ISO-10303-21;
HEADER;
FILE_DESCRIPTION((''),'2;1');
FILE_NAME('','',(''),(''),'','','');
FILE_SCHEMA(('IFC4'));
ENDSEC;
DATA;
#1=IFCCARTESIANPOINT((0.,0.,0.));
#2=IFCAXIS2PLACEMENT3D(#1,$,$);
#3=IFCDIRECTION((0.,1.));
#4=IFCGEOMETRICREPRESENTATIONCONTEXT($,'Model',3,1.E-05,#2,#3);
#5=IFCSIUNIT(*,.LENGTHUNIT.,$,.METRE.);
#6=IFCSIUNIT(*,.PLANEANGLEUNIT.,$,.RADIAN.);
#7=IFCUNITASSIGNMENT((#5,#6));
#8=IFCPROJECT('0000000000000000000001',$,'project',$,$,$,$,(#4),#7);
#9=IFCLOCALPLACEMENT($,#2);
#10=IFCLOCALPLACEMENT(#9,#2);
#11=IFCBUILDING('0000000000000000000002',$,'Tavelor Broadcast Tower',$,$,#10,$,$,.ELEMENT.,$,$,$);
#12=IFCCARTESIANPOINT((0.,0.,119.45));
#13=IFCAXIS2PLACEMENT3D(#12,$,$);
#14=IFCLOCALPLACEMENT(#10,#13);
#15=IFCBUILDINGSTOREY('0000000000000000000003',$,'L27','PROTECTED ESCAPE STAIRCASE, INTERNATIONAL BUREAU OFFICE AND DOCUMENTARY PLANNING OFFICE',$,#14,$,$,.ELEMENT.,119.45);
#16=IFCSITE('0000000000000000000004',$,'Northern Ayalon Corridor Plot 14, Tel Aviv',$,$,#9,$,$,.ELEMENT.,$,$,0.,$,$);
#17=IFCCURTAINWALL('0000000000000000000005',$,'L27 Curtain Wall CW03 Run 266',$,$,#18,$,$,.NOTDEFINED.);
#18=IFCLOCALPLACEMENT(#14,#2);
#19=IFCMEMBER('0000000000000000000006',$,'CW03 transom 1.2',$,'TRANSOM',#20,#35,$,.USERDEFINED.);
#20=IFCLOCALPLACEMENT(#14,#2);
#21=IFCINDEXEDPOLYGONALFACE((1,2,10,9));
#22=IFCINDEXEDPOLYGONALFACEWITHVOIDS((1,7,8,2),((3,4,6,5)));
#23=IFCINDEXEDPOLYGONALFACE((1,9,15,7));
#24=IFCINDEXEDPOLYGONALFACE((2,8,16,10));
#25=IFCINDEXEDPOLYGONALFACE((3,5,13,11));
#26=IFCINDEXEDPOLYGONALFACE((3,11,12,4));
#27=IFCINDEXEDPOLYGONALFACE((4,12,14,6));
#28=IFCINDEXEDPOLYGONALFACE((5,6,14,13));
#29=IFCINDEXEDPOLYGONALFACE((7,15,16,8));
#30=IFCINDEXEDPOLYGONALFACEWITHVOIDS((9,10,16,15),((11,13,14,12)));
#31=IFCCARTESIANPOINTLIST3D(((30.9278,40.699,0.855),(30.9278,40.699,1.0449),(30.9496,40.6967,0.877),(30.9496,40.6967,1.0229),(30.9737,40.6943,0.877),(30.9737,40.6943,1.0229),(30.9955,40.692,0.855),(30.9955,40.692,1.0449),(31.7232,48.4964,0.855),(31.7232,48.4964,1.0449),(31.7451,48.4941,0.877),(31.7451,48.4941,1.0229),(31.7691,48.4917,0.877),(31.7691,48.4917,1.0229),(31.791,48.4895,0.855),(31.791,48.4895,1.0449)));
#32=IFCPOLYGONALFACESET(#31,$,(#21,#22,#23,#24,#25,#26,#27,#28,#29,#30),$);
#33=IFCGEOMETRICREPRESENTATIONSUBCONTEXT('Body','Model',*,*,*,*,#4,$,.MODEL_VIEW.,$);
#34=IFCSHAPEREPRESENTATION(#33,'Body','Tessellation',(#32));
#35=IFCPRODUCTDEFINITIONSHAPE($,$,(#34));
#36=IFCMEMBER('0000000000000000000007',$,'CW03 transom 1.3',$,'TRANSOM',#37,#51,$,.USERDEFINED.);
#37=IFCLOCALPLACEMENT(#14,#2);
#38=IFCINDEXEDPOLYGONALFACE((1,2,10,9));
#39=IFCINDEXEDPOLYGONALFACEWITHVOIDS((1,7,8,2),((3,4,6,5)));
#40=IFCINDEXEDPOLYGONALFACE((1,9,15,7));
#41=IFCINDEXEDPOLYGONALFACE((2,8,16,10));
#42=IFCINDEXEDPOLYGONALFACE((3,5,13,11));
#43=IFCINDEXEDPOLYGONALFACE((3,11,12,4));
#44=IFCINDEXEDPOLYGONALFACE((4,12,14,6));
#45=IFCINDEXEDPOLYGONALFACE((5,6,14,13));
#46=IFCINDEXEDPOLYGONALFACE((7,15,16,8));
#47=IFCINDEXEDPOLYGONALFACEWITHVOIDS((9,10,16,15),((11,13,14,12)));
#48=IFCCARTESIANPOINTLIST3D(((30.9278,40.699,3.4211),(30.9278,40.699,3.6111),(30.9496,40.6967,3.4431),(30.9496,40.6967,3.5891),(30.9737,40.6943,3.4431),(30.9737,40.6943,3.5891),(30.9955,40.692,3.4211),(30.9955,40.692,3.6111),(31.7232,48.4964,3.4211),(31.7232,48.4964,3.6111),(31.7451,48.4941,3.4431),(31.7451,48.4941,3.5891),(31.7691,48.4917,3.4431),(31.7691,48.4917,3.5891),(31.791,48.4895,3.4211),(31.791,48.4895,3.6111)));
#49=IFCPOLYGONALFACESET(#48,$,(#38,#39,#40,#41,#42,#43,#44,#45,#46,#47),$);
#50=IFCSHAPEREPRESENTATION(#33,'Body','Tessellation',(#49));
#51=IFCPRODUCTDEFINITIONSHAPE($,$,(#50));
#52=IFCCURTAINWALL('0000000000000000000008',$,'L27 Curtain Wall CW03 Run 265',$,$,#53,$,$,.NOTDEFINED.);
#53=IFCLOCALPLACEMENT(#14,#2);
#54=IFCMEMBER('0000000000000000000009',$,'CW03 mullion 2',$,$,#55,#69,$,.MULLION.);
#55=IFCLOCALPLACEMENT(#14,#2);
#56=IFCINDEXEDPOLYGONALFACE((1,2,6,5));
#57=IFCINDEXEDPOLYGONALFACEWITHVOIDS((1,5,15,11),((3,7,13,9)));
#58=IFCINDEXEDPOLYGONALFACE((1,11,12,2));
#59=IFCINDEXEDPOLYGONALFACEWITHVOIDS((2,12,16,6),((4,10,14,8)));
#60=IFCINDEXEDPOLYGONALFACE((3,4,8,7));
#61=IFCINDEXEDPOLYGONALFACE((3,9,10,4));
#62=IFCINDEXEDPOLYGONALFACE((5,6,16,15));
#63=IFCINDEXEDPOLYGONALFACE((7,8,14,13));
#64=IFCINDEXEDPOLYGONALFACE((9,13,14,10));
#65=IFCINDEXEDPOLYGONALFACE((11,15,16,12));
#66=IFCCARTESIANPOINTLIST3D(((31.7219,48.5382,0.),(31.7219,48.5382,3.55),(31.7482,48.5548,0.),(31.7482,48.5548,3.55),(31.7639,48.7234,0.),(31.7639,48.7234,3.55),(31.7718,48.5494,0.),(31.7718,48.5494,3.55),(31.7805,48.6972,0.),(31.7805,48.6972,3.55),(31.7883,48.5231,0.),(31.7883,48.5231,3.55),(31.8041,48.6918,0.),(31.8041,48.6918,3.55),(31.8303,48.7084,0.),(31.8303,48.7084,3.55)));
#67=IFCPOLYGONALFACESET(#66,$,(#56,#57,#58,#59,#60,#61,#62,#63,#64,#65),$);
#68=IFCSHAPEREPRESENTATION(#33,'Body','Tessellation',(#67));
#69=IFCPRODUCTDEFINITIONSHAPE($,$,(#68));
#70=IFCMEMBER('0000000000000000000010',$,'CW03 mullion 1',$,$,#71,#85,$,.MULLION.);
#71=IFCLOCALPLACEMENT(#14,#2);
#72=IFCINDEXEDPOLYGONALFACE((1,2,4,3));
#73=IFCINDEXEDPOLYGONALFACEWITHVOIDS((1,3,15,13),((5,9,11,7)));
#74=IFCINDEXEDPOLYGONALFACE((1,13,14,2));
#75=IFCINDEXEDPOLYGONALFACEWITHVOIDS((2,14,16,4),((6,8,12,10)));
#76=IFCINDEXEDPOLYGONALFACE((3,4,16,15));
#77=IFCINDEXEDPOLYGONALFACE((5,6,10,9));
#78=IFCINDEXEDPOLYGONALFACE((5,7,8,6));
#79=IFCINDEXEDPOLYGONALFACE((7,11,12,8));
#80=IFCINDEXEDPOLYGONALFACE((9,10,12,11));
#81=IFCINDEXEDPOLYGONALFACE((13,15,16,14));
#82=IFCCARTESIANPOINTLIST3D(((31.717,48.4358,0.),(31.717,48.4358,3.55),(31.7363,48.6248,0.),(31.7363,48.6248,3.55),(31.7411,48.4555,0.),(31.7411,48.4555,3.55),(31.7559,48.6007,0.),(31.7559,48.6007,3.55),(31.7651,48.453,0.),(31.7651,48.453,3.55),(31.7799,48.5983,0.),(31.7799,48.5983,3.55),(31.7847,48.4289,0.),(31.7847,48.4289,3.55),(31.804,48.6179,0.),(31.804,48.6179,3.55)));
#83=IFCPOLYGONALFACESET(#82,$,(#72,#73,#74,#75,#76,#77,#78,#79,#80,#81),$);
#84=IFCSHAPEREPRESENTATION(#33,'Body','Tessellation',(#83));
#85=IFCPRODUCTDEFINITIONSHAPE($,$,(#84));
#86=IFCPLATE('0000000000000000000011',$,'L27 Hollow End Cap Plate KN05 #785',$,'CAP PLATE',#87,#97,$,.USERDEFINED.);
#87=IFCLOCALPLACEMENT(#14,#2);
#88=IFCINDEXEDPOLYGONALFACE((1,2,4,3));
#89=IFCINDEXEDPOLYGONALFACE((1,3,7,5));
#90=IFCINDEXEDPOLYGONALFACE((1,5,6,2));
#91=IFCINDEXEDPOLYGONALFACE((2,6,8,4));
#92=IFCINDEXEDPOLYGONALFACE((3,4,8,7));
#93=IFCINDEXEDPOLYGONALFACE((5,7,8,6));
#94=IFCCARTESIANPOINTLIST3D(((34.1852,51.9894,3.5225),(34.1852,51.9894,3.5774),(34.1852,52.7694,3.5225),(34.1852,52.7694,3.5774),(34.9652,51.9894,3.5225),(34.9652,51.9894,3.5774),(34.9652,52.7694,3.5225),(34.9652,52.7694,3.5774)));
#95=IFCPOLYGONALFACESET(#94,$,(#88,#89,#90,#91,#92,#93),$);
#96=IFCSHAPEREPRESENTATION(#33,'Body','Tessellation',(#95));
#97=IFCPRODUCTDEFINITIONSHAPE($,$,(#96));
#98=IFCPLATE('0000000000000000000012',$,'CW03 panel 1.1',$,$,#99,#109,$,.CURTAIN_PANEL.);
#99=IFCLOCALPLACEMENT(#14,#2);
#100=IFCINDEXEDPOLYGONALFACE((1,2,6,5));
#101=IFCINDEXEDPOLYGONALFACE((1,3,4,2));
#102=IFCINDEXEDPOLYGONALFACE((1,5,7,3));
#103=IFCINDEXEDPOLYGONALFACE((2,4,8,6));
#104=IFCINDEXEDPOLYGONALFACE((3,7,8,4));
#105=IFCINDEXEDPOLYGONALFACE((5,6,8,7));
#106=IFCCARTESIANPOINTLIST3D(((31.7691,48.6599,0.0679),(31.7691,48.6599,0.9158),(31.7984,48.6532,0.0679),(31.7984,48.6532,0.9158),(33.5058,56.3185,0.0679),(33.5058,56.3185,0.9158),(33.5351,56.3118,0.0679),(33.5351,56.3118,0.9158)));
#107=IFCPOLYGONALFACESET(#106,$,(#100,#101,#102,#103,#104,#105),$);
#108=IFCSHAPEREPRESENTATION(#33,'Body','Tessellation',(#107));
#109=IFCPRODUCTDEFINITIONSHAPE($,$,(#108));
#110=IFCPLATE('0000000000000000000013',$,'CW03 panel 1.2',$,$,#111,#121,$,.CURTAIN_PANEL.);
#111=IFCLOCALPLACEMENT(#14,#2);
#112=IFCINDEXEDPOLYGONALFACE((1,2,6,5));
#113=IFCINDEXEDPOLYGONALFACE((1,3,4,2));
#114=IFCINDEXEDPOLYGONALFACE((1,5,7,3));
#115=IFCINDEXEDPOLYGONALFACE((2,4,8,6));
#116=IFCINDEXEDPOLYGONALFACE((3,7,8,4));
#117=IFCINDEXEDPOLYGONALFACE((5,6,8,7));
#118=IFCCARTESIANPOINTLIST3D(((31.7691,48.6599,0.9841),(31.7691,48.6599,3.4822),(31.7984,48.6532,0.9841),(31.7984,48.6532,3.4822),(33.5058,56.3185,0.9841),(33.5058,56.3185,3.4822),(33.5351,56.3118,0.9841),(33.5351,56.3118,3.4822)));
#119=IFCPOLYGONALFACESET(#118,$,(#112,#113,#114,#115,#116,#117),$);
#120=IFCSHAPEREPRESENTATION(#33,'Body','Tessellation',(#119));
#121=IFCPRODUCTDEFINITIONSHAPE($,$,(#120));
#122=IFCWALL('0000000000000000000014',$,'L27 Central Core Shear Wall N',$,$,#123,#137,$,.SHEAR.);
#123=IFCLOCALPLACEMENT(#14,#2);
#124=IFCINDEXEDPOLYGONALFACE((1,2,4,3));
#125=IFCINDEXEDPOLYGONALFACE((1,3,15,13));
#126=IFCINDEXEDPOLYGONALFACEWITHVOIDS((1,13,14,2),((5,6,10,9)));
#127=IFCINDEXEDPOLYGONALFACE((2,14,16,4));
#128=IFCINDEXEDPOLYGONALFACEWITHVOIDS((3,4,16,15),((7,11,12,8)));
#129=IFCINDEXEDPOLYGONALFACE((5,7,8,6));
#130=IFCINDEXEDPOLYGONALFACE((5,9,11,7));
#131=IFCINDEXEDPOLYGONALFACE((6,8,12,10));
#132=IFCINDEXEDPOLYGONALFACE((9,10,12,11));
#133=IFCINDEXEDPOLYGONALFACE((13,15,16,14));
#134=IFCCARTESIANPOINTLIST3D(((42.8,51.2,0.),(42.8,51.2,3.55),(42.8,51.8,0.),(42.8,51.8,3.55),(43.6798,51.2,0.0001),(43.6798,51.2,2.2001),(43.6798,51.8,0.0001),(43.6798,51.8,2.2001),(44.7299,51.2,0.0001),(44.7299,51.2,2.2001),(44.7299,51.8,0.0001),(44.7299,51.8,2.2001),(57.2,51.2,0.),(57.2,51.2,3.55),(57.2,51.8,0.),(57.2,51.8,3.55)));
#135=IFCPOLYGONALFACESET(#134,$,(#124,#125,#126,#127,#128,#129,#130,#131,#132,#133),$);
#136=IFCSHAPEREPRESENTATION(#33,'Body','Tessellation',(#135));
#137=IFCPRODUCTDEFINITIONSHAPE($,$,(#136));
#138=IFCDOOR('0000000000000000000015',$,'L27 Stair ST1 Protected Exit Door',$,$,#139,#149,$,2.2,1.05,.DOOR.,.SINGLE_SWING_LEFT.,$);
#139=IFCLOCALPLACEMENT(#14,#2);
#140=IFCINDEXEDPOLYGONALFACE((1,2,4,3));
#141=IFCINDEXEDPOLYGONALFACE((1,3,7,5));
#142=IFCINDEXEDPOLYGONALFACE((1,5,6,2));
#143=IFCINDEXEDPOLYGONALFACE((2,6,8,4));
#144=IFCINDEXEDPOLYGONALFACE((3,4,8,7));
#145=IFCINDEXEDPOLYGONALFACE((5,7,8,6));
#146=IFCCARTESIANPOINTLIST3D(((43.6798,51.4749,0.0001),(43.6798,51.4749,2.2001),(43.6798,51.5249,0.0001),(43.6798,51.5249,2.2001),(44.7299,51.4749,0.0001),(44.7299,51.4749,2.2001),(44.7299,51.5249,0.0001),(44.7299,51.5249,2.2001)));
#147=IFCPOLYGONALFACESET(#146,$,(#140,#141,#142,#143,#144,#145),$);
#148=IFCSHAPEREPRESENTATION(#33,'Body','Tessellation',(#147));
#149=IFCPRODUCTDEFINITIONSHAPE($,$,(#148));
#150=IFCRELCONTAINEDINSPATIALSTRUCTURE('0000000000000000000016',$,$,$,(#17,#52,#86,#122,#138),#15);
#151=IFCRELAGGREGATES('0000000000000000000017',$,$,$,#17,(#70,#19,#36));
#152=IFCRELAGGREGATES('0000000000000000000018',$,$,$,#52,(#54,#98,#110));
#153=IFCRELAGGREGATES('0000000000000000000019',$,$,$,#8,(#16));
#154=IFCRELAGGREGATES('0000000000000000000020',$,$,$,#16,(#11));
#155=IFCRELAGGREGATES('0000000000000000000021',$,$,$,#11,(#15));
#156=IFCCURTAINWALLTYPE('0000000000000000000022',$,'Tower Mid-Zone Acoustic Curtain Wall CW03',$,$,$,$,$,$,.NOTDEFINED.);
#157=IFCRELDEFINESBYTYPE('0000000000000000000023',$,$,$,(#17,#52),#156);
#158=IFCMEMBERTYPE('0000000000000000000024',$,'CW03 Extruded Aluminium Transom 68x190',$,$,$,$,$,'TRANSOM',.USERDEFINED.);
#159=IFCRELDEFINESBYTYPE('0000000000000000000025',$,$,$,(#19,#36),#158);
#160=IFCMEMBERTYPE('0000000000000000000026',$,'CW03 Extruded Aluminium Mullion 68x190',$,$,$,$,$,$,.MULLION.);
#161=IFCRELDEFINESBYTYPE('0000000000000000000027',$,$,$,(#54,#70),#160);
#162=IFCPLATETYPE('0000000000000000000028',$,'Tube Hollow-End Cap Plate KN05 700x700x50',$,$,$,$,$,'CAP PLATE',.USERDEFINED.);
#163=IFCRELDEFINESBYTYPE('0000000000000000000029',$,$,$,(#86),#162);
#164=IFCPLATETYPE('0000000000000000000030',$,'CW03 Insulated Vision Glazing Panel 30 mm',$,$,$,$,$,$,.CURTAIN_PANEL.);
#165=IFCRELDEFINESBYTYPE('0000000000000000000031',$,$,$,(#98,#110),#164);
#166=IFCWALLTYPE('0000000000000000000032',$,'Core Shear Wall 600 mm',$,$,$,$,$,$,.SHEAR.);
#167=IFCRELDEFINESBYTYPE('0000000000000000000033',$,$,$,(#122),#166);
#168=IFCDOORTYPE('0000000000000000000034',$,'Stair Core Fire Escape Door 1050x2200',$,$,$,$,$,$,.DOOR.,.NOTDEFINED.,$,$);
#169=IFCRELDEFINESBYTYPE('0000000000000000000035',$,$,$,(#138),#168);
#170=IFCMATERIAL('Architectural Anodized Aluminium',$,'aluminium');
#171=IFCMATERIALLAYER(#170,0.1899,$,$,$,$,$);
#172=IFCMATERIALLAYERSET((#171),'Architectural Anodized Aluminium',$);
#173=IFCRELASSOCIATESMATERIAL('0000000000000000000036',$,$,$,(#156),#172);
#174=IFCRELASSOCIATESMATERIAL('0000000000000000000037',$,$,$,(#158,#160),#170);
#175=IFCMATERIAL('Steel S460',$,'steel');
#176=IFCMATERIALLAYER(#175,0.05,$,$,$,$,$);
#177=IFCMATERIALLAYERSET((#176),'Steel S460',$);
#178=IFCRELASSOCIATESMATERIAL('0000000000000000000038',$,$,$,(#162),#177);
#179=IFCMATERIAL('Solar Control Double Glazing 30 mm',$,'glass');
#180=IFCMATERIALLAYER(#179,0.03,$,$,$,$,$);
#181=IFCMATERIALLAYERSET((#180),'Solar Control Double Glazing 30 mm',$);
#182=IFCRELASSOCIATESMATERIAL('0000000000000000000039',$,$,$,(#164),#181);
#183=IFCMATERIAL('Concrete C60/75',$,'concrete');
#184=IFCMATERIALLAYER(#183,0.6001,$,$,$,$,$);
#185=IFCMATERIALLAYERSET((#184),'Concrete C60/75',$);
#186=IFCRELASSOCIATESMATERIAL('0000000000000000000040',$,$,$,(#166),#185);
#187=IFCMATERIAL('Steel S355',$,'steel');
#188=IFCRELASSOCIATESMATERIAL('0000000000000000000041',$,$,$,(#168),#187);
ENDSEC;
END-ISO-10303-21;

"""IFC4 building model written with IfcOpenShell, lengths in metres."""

from ifc_helpers import new_model, si_unit, direction, frame, frame_2d, origin, origin_2d, place, context, subcontext, project, spatial, rectangle, hollow_rectangle, extrude, source, transform, mapped, material, layer, layer_set, material_profile, profile_set, type_object, type_shapes, element, fill, aggregate, save


model = new_model("IFC4")

# Units and contexts
model_context = context("Model", 3, precision=1e-05, world=origin(), true_north=direction((0.0, 1.0)))
body_context = subcontext(model_context, "Body", "Model", "MODEL_VIEW")
ifc_project = project(units=[si_unit("LENGTHUNIT", "METRE"), si_unit("PLANEANGLEUNIT", "RADIAN")], contexts=[model_context])

# Site, building, storey
site_placement = place(None, origin())
site = spatial("IfcSite", under=ifc_project, at=site_placement, Name="Northern Ayalon Corridor Plot 14, Tel Aviv", CompositionType="ELEMENT", RefElevation=0.0)
building_placement = place(site_placement, origin())
building = spatial("IfcBuilding", under=site, at=building_placement, Name="Tavelor Broadcast Tower", CompositionType="ELEMENT")
storey_placement = place(building_placement, frame((0.0, 0.0, 119.45)))
storey = spatial("IfcBuildingStorey", under=building, at=storey_placement, Name="L27", Description="PROTECTED ESCAPE STAIRCASE, INTERNATIONAL BUREAU OFFICE AND DOCUMENTARY PLANNING OFFICE", CompositionType="ELEMENT", Elevation=119.45)

# Shared definitions
ifc_material_1 = material(Name="Steel S460", Category="steel")

# Shared definitions
ifc_material_2 = material(Name="Steel S355", Category="steel")

# Curtain wall, members
ifc_material_3 = material(Name="Architectural Anodized Aluminium", Category="aluminium")
ifc_layer_1 = layer(ifc_material_3, 0.1899)
ifc_layer_set_1 = layer_set([ifc_layer_1], Name="Architectural Anodized Aluminium")
curtain_wall_type = type_object("IfcCurtainWallType", Name="Tower Mid-Zone Acoustic Curtain Wall CW03", PredefinedType="NOTDEFINED", material=ifc_layer_set_1)
curtain_wall_1_placement = place(storey_placement, origin())
curtain_wall_1 = element("IfcCurtainWall", 1, at=curtain_wall_1_placement, inside=storey, type_object=curtain_wall_type, Name="L27 Curtain Wall CW03 Run 266", PredefinedType="NOTDEFINED")
ifc_material_profile_1 = material_profile(ifc_material_3, hollow_rectangle(XDim=0.0681, YDim=0.1899, WallThickness=0.022, at=origin_2d()), Name="RHS 68x190x22")
ifc_profile_set_1 = profile_set([ifc_material_profile_1], Name="Architectural Anodized Aluminium")
member_type_1 = type_object("IfcMemberType", Name="CW03 Extruded Aluminium Transom 68x190", ElementType="TRANSOM", PredefinedType="USERDEFINED", material=ifc_profile_set_1)
shared_shape_1 = source(origin(), body_context, "Body", "SweptSolid", [
    extrude(hollow_rectangle(XDim=0.0681, YDim=0.1899, WallThickness=0.022, at=origin_2d()), origin(), (0.0, 0.0, 1.0), 7.8379),
])
type_shapes(member_type_1, [shared_shape_1])
member_1_placement = place(storey_placement, frame((31.7571, 48.4929, 0.95), z_axis=(-0.101483, -0.994837, 0.0), x_axis=(0.994837, -0.101483, 0.0)))
member_1 = element("IfcMember", 2, at=member_1_placement, type_object=member_type_1, Name="CW03 transom 1.2", ObjectType="TRANSOM", PredefinedType="USERDEFINED", context=body_context, shape_type="MappedRepresentation", body=[
    mapped(shared_shape_1, transform((0.0, 0.0, 0.0), scale=1.0)),
])
member_2_placement = place(storey_placement, frame((31.7571, 48.4929, 3.5161), z_axis=(-0.101483, -0.994837, 0.0), x_axis=(0.994837, -0.101483, 0.0)))
member_2 = element("IfcMember", 3, at=member_2_placement, type_object=member_type_1, Name="CW03 transom 1.3", ObjectType="TRANSOM", PredefinedType="USERDEFINED", context=body_context, shape_type="MappedRepresentation", body=[
    mapped(shared_shape_1, transform((0.0, 0.0, 0.0), scale=1.0)),
])

# Curtain wall, member
curtain_wall_2_placement = place(storey_placement, origin())
curtain_wall_2 = element("IfcCurtainWall", 4, at=curtain_wall_2_placement, inside=storey, type_object=curtain_wall_type, Name="L27 Curtain Wall CW03 Run 265", PredefinedType="NOTDEFINED")
ifc_material_profile_2 = material_profile(ifc_material_3, hollow_rectangle(XDim=0.0681, YDim=0.1899, WallThickness=0.022, at=origin_2d()), Name="RHS 68x190x22")
ifc_profile_set_2 = profile_set([ifc_material_profile_2], Name="Architectural Anodized Aluminium")
member_type_2 = type_object("IfcMemberType", Name="CW03 Extruded Aluminium Mullion 68x190", PredefinedType="MULLION", material=ifc_profile_set_2)
shared_shape_2 = source(origin(), body_context, "Body", "SweptSolid", [
    extrude(hollow_rectangle(XDim=0.0681, YDim=0.1899, WallThickness=0.022, at=origin_2d()), origin(), (0.0, 0.0, 1.0), 3.55),
])
type_shapes(member_type_2, [shared_shape_2])
member_3_placement = place(storey_placement, frame((31.7761, 48.6233, 0.0), z_axis=(0.0, 0.0, 1.0), x_axis=(0.975242, -0.221142, 0.0)))
member_3 = element("IfcMember", 5, at=member_3_placement, type_object=member_type_2, Name="CW03 mullion 2", PredefinedType="MULLION", context=body_context, shape_type="MappedRepresentation", body=[
    mapped(shared_shape_2, transform((0.0, 0.0, 0.0), scale=1.0)),
])

# Member
member_4_placement = place(storey_placement, frame((31.7605, 48.5269, 0.0), z_axis=(0.0, 0.0, 1.0), x_axis=(0.994838, -0.10148, 0.0)))
member_4 = element("IfcMember", 6, at=member_4_placement, type_object=member_type_2, Name="CW03 mullion 1", PredefinedType="MULLION", context=body_context, shape_type="MappedRepresentation", body=[
    mapped(shared_shape_2, transform((0.0, 0.0, 0.0), scale=1.0)),
])
aggregate(curtain_wall_1, [member_4, member_1, member_2])

# Plates
ifc_layer_2 = layer(ifc_material_1, 0.05)
ifc_layer_set_2 = layer_set([ifc_layer_2], Name="Steel S460")
plate_type_1 = type_object("IfcPlateType", Name="Tube Hollow-End Cap Plate KN05 700x700x50", ElementType="CAP PLATE", PredefinedType="USERDEFINED", material=ifc_layer_set_2)
shared_shape_3 = source(origin(), body_context, "Body", "SweptSolid", [
    extrude(rectangle(XDim=0.78, YDim=0.78, at=origin_2d()), origin(), (0.0, 0.0, 1.0), 0.0549),
])
type_shapes(plate_type_1, [shared_shape_3])
plate_1_placement = place(storey_placement, frame((34.5752, 52.3794, 3.5225), z_axis=(0.0, 0.0, 1.0), x_axis=(1.0, 0.0, 0.0)))
element("IfcPlate", 7, at=plate_1_placement, inside=storey, type_object=plate_type_1, Name="L27 Hollow End Cap Plate KN05 #785", ObjectType="CAP PLATE", PredefinedType="USERDEFINED", context=body_context, shape_type="MappedRepresentation", body=[
    mapped(shared_shape_3, transform((0.0, 0.0, 0.0), scale=1.0)),
])
ifc_material_4 = material(Name="Solar Control Double Glazing 30 mm", Category="glass")
ifc_layer_3 = layer(ifc_material_4, 0.03)
ifc_layer_set_3 = layer_set([ifc_layer_3], Name="Solar Control Double Glazing 30 mm")
plate_type_2 = type_object("IfcPlateType", Name="CW03 Insulated Vision Glazing Panel 30 mm", PredefinedType="CURTAIN_PANEL", material=ifc_layer_set_3)
shared_shape_4 = source(origin(), body_context, "Body", "SweptSolid", [
    extrude(rectangle(XDim=7.853, YDim=0.03, at=origin_2d()), origin(), (0.0, 0.0, 1.0), 0.8479),
])
plate_2_placement = place(storey_placement, frame((32.6521, 52.4858, 0.0679), z_axis=(0.0, 0.0, 1.0), x_axis=(-0.221142, -0.975242, 0.0)))
plate_2 = element("IfcPlate", 8, at=plate_2_placement, type_object=plate_type_2, Name="CW03 panel 1.1", PredefinedType="CURTAIN_PANEL", context=body_context, shape_type="MappedRepresentation", body=[
    mapped(shared_shape_4, transform((0.0, 0.0, 0.0), scale=1.0)),
])
shared_shape_5 = source(origin(), body_context, "Body", "SweptSolid", [
    extrude(rectangle(XDim=7.853, YDim=0.03, at=origin_2d()), origin(), (0.0, 0.0, 1.0), 2.498),
])
type_shapes(plate_type_2, [shared_shape_4, shared_shape_5])
plate_3_placement = place(storey_placement, frame((32.6521, 52.4858, 0.9841), z_axis=(0.0, 0.0, 1.0), x_axis=(-0.221142, -0.975242, 0.0)))
plate_3 = element("IfcPlate", 9, at=plate_3_placement, type_object=plate_type_2, Name="CW03 panel 1.2", PredefinedType="CURTAIN_PANEL", context=body_context, shape_type="MappedRepresentation", body=[
    mapped(shared_shape_5, transform((0.0, 0.0, 0.0), scale=1.0)),
])
aggregate(curtain_wall_2, [member_3, plate_2, plate_3])

# Wall, opening, door
ifc_material_5 = material(Name="Concrete C60/75", Category="concrete")
ifc_layer_4 = layer(ifc_material_5, 0.6001)
ifc_layer_set_4 = layer_set([ifc_layer_4], Name="Concrete C60/75")
wall_type_1 = type_object("IfcWallType", Name="Core Shear Wall 600 mm", PredefinedType="SHEAR", material=ifc_layer_set_4)
wall_1_placement = place(storey_placement, frame((42.8, 51.5, 0.0), z_axis=(0.0, 0.0, 1.0), x_axis=(1.0, 0.0, 0.0)))
wall_1 = element("IfcWall", 10, at=wall_1_placement, inside=storey, type_object=wall_type_1, Name="L27 Central Core Shear Wall N", PredefinedType="SHEAR", context=body_context, shape_type="SweptSolid", body=[
    extrude(rectangle(XDim=14.3999, YDim=0.6001, at=frame_2d((7.2, 0.0))), origin(), (0.0, 0.0, 1.0), 3.55),
])
opening_1_placement = place(wall_1_placement, frame((0.8799, 0.0, 0.0)))
opening_1 = element("IfcOpeningElement", 11, at=opening_1_placement, cuts=wall_1, PredefinedType="OPENING", context=body_context, shape_type="SweptSolid", body=[
    extrude(rectangle(XDim=1.05, YDim=2.2, at=frame_2d((0.5249, 1.1001))), frame((0.0, 0.3101, 0.0), z_axis=(0.0, -1.0, 0.0), x_axis=(1.0, 0.0, 0.0)), (0.0, 0.0, 1.0), 0.6201),
])
door_type_1 = type_object("IfcDoorType", Name="Stair Core Fire Escape Door 1050x2200", OperationType="NOTDEFINED", PredefinedType="DOOR", material=ifc_material_2)
door_1_placement = place(opening_1_placement, origin())
door_1 = element("IfcDoor", 12, at=door_1_placement, inside=storey, type_object=door_type_1, Name="L27 Stair ST1 Protected Exit Door", OperationType="SINGLE_SWING_LEFT", OverallHeight=2.2, OverallWidth=1.05, PredefinedType="DOOR", context=body_context, shape_type="SweptSolid", body=[
    extrude(rectangle(XDim=1.05, YDim=2.2, at=frame_2d((0.5249, 1.1001))), frame((0.0, 0.0249, 0.0), z_axis=(0.0, -1.0, 0.0), x_axis=(1.0, 0.0, 0.0)), (0.0, 0.0, 1.0), 0.05),
])
fill(opening_1, door_1)

save(model, "model.ifc")
